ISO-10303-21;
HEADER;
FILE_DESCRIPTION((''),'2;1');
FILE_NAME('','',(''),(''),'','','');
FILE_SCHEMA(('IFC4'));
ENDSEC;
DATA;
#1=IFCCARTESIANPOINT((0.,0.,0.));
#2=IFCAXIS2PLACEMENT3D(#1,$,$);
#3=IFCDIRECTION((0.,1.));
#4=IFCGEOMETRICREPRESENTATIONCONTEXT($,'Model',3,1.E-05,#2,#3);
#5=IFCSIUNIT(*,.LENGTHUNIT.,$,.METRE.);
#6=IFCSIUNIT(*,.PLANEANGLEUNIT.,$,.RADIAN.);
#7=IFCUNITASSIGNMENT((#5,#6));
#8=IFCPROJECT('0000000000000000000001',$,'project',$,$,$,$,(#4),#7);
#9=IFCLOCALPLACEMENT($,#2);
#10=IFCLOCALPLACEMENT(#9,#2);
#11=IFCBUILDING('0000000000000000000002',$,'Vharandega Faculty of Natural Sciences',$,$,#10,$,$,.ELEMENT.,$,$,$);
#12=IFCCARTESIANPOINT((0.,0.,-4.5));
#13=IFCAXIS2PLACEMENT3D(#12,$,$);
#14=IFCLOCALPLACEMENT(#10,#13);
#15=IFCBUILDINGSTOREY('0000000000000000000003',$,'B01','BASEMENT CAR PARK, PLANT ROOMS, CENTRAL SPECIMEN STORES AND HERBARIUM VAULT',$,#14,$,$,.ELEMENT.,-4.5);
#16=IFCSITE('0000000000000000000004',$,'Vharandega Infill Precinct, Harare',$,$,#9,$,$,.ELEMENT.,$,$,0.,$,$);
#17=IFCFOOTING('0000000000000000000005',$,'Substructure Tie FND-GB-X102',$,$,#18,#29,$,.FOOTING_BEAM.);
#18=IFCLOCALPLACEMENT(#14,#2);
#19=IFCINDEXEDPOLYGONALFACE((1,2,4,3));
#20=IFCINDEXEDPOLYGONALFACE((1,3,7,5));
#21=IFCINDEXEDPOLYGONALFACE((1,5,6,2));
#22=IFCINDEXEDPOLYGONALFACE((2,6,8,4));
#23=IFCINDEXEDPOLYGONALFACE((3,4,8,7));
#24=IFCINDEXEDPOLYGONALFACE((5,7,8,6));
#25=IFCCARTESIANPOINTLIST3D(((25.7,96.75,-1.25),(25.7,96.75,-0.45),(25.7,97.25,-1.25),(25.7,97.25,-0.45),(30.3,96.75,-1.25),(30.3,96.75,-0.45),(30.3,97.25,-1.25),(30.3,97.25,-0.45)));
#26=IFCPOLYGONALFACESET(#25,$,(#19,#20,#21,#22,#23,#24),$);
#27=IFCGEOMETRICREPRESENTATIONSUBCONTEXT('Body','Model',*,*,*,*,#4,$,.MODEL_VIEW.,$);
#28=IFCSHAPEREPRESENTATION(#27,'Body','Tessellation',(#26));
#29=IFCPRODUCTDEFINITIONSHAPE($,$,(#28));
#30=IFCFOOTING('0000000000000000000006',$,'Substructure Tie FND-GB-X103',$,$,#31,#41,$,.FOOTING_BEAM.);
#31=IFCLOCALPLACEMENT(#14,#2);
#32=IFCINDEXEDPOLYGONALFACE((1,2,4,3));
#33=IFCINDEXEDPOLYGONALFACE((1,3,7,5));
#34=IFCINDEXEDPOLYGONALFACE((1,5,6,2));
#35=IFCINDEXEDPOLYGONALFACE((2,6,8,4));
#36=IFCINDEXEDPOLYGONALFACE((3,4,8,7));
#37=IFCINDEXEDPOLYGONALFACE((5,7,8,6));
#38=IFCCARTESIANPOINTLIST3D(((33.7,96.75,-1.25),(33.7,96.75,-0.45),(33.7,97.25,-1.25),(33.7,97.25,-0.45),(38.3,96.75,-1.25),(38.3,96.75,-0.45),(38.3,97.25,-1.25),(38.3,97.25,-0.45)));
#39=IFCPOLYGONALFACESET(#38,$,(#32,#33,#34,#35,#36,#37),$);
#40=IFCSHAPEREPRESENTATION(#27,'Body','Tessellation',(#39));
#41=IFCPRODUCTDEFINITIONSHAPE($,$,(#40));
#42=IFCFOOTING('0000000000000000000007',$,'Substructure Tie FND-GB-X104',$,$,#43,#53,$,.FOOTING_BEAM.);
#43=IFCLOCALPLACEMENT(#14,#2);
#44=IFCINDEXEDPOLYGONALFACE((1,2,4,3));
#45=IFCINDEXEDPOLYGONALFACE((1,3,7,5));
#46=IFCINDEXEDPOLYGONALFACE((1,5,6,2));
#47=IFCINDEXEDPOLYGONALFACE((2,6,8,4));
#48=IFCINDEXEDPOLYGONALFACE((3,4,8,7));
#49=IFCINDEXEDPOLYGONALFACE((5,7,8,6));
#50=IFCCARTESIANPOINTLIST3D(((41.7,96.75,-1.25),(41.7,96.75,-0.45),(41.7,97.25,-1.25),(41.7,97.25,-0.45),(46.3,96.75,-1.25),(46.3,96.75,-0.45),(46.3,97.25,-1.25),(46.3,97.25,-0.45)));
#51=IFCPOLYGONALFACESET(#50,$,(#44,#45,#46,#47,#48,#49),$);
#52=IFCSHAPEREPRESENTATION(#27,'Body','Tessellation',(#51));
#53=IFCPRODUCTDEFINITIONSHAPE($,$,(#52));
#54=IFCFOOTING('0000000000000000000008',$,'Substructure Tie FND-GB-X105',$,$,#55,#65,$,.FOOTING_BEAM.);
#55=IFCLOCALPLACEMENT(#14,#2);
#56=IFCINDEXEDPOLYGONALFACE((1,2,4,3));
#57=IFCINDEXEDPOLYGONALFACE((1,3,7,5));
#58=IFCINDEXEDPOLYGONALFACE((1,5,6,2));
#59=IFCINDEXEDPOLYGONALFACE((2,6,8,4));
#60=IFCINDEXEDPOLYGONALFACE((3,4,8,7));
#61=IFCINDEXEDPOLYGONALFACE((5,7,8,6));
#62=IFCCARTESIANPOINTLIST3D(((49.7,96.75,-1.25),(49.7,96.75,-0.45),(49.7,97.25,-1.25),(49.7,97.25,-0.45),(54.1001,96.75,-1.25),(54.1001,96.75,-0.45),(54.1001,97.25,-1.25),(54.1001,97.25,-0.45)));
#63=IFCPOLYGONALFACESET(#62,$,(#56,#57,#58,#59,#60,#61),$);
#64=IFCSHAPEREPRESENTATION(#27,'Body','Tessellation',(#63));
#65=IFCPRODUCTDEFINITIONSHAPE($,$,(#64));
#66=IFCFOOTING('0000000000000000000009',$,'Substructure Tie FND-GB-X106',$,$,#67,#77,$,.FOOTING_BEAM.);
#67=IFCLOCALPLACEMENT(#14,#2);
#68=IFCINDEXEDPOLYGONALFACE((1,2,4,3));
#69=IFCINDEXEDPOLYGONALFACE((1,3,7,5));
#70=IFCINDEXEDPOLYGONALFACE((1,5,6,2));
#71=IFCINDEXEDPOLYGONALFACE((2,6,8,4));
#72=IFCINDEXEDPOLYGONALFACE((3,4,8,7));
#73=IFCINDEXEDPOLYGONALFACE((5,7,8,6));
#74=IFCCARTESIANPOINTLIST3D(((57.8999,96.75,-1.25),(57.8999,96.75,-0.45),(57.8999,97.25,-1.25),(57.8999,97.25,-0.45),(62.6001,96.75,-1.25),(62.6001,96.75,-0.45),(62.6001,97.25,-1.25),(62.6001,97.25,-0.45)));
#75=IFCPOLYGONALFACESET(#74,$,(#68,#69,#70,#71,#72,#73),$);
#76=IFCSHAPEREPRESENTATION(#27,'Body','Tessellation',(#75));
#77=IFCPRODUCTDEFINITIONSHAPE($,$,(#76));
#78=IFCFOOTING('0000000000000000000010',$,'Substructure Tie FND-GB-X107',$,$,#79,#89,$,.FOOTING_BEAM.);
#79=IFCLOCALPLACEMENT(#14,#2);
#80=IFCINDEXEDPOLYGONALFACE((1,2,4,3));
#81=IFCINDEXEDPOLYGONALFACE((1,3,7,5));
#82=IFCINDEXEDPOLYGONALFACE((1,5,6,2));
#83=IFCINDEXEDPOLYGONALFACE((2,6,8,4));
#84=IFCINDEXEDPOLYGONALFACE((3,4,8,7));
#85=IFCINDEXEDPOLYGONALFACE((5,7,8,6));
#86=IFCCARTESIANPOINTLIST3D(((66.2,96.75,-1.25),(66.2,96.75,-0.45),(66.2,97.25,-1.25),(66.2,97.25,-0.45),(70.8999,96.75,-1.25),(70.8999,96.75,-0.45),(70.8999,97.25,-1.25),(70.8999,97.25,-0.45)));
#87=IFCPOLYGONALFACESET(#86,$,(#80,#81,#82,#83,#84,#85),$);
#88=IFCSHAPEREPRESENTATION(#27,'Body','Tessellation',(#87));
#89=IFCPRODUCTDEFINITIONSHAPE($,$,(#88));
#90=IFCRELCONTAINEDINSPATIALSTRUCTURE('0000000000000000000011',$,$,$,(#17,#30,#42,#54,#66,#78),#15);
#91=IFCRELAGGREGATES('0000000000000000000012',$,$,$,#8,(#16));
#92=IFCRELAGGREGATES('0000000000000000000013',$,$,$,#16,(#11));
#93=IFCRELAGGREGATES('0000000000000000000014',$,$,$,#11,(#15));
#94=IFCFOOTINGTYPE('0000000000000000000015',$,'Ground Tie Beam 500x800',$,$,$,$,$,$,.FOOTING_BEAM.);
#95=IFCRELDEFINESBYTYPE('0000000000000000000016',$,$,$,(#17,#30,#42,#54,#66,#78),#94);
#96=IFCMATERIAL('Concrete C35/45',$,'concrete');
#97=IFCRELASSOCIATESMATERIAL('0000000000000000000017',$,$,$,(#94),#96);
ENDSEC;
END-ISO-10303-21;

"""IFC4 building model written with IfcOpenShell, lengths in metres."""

from ifc_helpers import new_model, si_unit, direction, frame, origin, place, context, subcontext, project, spatial, polyline, outline, extrude, material, type_object, element, save


model = new_model("IFC4")

# Units and contexts
model_context = context("Model", 3, precision=1e-05, world=origin(), true_north=direction((0.0, 1.0)))
body_context = subcontext(model_context, "Body", "Model", "MODEL_VIEW")
ifc_project = project(units=[si_unit("LENGTHUNIT", "METRE"), si_unit("PLANEANGLEUNIT", "RADIAN")], contexts=[model_context])

# Site, building, storey
site_placement = place(None, origin())
site = spatial("IfcSite", under=ifc_project, at=site_placement, Name="Vharandega Infill Precinct, Harare", CompositionType="ELEMENT", RefElevation=0.0)
building_placement = place(site_placement, origin())
building = spatial("IfcBuilding", under=site, at=building_placement, Name="Vharandega Faculty of Natural Sciences", CompositionType="ELEMENT")
storey_placement = place(building_placement, frame((0.0, 0.0, -4.5)))
storey = spatial("IfcBuildingStorey", under=building, at=storey_placement, Name="B01", Description="BASEMENT CAR PARK, PLANT ROOMS, CENTRAL SPECIMEN STORES AND HERBARIUM VAULT", CompositionType="ELEMENT", Elevation=-4.5)

# Footings
ifc_material = material(Name="Concrete C35/45", Category="concrete")
footing_type = type_object("IfcFootingType", Name="Ground Tie Beam 500x800", PredefinedType="FOOTING_BEAM", material=ifc_material)
footing_1_placement = place(storey_placement, frame((0.0, 0.0, -1.25)))
element("IfcFooting", 1, at=footing_1_placement, inside=storey, type_object=footing_type, Name="Substructure Tie FND-GB-X102", PredefinedType="FOOTING_BEAM", context=body_context, shape_type="SweptSolid", body=[
    extrude(outline(polyline([(25.7, 96.75), (30.3, 96.75), (30.3, 97.25), (25.7, 97.25), (25.7, 96.75)])), origin(), (0.0, 0.0, 1.0), 0.8),
])
footing_2_placement = place(storey_placement, frame((0.0, 0.0, -1.25)))
element("IfcFooting", 2, at=footing_2_placement, inside=storey, type_object=footing_type, Name="Substructure Tie FND-GB-X103", PredefinedType="FOOTING_BEAM", context=body_context, shape_type="SweptSolid", body=[
    extrude(outline(polyline([(33.7, 96.75), (38.3, 96.75), (38.3, 97.25), (33.7, 97.25), (33.7, 96.75)])), origin(), (0.0, 0.0, 1.0), 0.8),
])
footing_3_placement = place(storey_placement, frame((0.0, 0.0, -1.25)))
element("IfcFooting", 3, at=footing_3_placement, inside=storey, type_object=footing_type, Name="Substructure Tie FND-GB-X104", PredefinedType="FOOTING_BEAM", context=body_context, shape_type="SweptSolid", body=[
    extrude(outline(polyline([(41.7, 96.75), (46.3, 96.75), (46.3, 97.25), (41.7, 97.25), (41.7, 96.75)])), origin(), (0.0, 0.0, 1.0), 0.8),
])
footing_4_placement = place(storey_placement, frame((0.0, 0.0, -1.25)))
element("IfcFooting", 4, at=footing_4_placement, inside=storey, type_object=footing_type, Name="Substructure Tie FND-GB-X105", PredefinedType="FOOTING_BEAM", context=body_context, shape_type="SweptSolid", body=[
    extrude(outline(polyline([(49.7, 96.75), (54.1001, 96.75), (54.1001, 97.25), (49.7, 97.25), (49.7, 96.75)])), origin(), (0.0, 0.0, 1.0), 0.8),
])
footing_5_placement = place(storey_placement, frame((0.0, 0.0, -1.25)))
element("IfcFooting", 5, at=footing_5_placement, inside=storey, type_object=footing_type, Name="Substructure Tie FND-GB-X106", PredefinedType="FOOTING_BEAM", context=body_context, shape_type="SweptSolid", body=[
    extrude(outline(polyline([(57.8999, 96.75), (62.6001, 96.75), (62.6001, 97.25), (57.8999, 97.25), (57.8999, 96.75)])), origin(), (0.0, 0.0, 1.0), 0.8),
])
footing_6_placement = place(storey_placement, frame((0.0, 0.0, -1.25)))
element("IfcFooting", 6, at=footing_6_placement, inside=storey, type_object=footing_type, Name="Substructure Tie FND-GB-X107", PredefinedType="FOOTING_BEAM", context=body_context, shape_type="SweptSolid", body=[
    extrude(outline(polyline([(66.2, 96.75), (70.8999, 96.75), (70.8999, 97.25), (66.2, 97.25), (66.2, 96.75)])), origin(), (0.0, 0.0, 1.0), 0.8),
])

save(model, "model.ifc")
